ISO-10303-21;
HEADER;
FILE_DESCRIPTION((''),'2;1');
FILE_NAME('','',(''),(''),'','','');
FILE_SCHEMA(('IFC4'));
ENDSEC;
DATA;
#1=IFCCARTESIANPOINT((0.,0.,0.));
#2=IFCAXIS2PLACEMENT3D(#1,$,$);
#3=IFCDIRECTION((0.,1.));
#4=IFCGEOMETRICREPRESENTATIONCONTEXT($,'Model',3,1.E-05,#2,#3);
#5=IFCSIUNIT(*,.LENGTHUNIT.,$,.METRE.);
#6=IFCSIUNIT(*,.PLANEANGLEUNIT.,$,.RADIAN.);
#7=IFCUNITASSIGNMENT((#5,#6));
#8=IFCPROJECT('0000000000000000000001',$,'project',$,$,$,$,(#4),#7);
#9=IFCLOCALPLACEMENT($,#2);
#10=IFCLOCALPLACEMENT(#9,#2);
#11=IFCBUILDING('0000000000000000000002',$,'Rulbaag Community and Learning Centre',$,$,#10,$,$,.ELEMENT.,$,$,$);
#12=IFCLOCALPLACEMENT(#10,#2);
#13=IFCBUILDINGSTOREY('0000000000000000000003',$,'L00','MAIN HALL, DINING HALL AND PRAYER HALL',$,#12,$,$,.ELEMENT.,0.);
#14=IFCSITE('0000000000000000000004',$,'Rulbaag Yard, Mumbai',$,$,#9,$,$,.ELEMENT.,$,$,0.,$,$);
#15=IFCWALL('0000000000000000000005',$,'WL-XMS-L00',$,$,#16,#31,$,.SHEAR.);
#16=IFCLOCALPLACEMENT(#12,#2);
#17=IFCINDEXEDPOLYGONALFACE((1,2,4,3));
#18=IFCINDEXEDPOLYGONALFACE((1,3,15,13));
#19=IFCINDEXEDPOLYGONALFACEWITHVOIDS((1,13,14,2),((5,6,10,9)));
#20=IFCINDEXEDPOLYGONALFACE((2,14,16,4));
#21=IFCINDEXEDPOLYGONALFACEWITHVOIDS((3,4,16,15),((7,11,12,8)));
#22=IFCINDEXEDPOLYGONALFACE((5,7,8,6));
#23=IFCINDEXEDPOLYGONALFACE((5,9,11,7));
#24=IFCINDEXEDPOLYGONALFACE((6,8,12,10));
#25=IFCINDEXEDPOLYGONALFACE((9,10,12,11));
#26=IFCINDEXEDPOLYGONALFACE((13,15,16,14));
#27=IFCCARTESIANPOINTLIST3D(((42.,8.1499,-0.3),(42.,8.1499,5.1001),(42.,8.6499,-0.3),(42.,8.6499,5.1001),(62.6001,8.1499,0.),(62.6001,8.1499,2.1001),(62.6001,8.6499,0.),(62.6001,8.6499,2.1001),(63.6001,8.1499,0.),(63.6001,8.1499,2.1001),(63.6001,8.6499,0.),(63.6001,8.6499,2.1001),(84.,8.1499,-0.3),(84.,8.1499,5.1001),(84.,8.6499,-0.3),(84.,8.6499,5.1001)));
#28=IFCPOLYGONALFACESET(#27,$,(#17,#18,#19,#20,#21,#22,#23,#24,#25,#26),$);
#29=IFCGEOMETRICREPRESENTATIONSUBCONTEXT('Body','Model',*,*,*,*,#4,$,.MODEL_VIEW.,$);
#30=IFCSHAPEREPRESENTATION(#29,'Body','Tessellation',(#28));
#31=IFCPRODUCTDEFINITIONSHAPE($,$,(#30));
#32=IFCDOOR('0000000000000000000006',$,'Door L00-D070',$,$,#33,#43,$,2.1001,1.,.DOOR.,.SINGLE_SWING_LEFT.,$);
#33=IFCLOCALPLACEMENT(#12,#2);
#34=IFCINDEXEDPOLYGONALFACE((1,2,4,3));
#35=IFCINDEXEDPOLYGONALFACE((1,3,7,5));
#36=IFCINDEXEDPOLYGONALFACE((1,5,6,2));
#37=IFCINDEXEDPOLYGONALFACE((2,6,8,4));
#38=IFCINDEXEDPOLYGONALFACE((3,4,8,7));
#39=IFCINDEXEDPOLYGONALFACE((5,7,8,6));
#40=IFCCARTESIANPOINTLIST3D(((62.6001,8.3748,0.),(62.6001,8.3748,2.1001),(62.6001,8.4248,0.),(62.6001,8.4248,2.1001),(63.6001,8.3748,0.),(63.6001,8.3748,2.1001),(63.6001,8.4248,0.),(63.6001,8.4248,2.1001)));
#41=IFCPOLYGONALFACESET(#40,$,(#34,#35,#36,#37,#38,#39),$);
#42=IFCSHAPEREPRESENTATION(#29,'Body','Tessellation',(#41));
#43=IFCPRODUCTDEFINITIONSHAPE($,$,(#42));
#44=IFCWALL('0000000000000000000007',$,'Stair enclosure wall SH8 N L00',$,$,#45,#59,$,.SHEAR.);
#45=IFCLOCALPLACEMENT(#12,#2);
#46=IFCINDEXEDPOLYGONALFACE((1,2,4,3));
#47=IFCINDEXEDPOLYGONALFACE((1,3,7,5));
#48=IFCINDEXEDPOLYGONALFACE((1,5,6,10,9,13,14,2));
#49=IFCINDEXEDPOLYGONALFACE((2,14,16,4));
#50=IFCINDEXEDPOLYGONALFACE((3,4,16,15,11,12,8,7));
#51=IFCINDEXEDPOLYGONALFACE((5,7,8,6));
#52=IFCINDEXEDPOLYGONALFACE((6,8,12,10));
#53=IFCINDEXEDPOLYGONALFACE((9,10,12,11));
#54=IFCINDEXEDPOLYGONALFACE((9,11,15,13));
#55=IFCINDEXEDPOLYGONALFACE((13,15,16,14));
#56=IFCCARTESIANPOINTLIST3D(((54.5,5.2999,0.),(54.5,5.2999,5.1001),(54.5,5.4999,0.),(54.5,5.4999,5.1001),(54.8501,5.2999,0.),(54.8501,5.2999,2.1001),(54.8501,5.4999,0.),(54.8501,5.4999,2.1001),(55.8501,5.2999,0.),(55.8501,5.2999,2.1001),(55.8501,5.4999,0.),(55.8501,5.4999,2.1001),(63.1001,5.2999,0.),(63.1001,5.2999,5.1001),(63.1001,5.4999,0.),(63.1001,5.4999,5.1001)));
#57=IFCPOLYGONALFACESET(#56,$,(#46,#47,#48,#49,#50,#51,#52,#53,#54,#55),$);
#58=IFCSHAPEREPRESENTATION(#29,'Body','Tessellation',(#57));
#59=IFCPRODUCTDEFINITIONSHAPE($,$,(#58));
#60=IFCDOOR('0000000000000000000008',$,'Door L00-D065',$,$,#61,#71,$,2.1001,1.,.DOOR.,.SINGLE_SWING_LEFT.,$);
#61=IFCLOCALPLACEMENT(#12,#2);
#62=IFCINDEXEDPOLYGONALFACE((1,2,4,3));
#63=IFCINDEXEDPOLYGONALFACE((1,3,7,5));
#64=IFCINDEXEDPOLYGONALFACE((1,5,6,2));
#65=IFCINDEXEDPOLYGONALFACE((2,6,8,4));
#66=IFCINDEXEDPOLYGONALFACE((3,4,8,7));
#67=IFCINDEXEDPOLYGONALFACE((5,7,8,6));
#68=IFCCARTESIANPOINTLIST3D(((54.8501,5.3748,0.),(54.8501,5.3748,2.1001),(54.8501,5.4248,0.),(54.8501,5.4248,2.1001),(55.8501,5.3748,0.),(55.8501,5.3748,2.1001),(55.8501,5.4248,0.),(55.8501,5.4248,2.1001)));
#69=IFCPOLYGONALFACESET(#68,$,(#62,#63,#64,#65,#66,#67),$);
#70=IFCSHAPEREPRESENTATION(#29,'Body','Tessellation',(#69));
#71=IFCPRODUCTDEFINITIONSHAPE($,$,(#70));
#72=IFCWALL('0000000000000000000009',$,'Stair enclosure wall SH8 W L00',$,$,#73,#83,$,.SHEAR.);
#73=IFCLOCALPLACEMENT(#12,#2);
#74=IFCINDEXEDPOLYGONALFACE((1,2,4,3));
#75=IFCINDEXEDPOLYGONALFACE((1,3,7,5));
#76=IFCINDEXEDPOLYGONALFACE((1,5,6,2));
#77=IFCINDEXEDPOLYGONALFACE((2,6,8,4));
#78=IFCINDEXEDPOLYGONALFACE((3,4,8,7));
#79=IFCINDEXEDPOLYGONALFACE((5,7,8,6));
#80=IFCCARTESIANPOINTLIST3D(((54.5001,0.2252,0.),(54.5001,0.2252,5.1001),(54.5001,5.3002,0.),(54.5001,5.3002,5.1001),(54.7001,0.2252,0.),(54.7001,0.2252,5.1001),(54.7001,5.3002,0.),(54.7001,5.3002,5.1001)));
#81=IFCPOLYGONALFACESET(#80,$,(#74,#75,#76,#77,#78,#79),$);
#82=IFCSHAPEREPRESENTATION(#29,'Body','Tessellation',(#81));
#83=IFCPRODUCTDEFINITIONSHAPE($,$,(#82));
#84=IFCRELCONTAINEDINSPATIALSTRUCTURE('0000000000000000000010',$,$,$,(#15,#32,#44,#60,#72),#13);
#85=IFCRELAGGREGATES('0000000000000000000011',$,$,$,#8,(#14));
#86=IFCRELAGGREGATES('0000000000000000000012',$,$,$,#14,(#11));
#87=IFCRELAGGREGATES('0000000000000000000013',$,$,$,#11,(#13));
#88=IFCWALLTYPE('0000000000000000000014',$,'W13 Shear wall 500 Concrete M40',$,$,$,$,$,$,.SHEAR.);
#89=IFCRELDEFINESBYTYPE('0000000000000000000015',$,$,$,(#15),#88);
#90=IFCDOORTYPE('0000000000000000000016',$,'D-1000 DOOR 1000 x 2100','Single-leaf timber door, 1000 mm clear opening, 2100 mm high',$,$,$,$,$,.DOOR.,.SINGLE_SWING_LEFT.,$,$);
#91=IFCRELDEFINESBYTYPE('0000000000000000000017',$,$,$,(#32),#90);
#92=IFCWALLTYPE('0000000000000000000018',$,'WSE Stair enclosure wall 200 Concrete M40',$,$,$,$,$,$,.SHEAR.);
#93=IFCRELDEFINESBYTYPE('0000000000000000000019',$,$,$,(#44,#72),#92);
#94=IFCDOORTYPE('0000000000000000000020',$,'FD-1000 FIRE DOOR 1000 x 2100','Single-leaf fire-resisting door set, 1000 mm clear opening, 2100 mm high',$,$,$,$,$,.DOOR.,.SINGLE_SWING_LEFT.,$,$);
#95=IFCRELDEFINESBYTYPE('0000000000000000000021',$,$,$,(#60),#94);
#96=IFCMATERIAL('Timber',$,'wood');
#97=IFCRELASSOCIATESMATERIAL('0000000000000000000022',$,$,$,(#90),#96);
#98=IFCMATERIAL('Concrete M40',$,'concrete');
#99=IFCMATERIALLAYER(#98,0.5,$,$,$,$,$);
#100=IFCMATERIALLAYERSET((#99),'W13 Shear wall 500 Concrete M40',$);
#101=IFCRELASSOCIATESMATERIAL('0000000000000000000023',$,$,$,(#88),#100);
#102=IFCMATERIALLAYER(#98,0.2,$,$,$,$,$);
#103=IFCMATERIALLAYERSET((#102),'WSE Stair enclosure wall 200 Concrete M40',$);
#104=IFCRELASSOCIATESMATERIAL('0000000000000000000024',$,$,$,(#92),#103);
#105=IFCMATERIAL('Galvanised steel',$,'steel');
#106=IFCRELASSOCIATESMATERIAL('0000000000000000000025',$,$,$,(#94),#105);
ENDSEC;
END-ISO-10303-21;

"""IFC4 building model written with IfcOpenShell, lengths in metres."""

from ifc_helpers import new_model, si_unit, direction, frame, frame_2d, origin, place, context, subcontext, project, spatial, rectangle, extrude, material, layer, layer_set, type_object, element, fill, save


model = new_model("IFC4")

# Units and contexts
model_context = context("Model", 3, precision=1e-05, world=origin(), true_north=direction((0.0, 1.0)))
body_context = subcontext(model_context, "Body", "Model", "MODEL_VIEW")
ifc_project = project(units=[si_unit("LENGTHUNIT", "METRE"), si_unit("PLANEANGLEUNIT", "RADIAN")], contexts=[model_context])

# Site, building, storey
site_placement = place(None, origin())
site = spatial("IfcSite", under=ifc_project, at=site_placement, Name="Rulbaag Yard, Mumbai", CompositionType="ELEMENT", RefElevation=0.0)
building_placement = place(site_placement, origin())
building = spatial("IfcBuilding", under=site, at=building_placement, Name="Rulbaag Community and Learning Centre", CompositionType="ELEMENT")
storey_placement = place(building_placement, origin())
storey = spatial("IfcBuildingStorey", under=building, at=storey_placement, Name="L00", Description="MAIN HALL, DINING HALL AND PRAYER HALL", CompositionType="ELEMENT", Elevation=0.0)

# Shared definitions
ifc_material_1 = material(Name="Concrete M40", Category="concrete")

# Walls, openings, doors
ifc_material_2 = material(Name="Timber", Category="wood")
door_type_1 = type_object("IfcDoorType", Name="D-1000 DOOR 1000 x 2100", Description="Single-leaf timber door, 1000 mm clear opening, 2100 mm high", OperationType="SINGLE_SWING_LEFT", PredefinedType="DOOR", material=ifc_material_2)
ifc_layer_1 = layer(ifc_material_1, 0.5)
ifc_layer_set_1 = layer_set([ifc_layer_1], Name="W13 Shear wall 500 Concrete M40")
wall_type_1 = type_object("IfcWallType", Name="W13 Shear wall 500 Concrete M40", PredefinedType="SHEAR", material=ifc_layer_set_1)
wall_1_placement = place(storey_placement, frame((42.0, 8.3999, -0.3), z_axis=(0.0, 0.0, 1.0), x_axis=(1.0, 0.0, 0.0)))
wall_1 = element("IfcWall", 1, at=wall_1_placement, inside=storey, type_object=wall_type_1, Name="WL-XMS-L00", PredefinedType="SHEAR", context=body_context, shape_type="SweptSolid", body=[
    extrude(rectangle(XDim=42.0, YDim=0.5, at=frame_2d((21.0, 0.0))), origin(), (0.0, 0.0, 1.0), 5.4001),
])
opening_1_placement = place(wall_1_placement, frame((20.6001, 0.0, 0.3)))
opening_1 = element("IfcOpeningElement", 2, at=opening_1_placement, cuts=wall_1, PredefinedType="OPENING", context=body_context, shape_type="SweptSolid", body=[
    extrude(rectangle(XDim=1.0, YDim=2.1001, at=frame_2d((0.5, 1.05))), frame((0.0, 0.26, 0.0), z_axis=(0.0, -1.0, 0.0), x_axis=(1.0, 0.0, 0.0)), (0.0, 0.0, 1.0), 0.52),
])
door_1_placement = place(opening_1_placement, origin())
door_1 = element("IfcDoor", 3, at=door_1_placement, inside=storey, type_object=door_type_1, Name="Door L00-D070", OperationType="SINGLE_SWING_LEFT", OverallHeight=2.1001, OverallWidth=1.0, PredefinedType="DOOR", context=body_context, shape_type="SweptSolid", body=[
    extrude(rectangle(XDim=1.0, YDim=2.1001, at=frame_2d((0.5, 1.05))), frame((0.0, 0.0249, 0.0), z_axis=(0.0, -1.0, 0.0), x_axis=(1.0, 0.0, 0.0)), (0.0, 0.0, 1.0), 0.05),
])
fill(opening_1, door_1)
ifc_layer_2 = layer(ifc_material_1, 0.2)
ifc_layer_set_2 = layer_set([ifc_layer_2], Name="WSE Stair enclosure wall 200 Concrete M40")
wall_type_2 = type_object("IfcWallType", Name="WSE Stair enclosure wall 200 Concrete M40", PredefinedType="SHEAR", material=ifc_layer_set_2)
wall_2_placement = place(storey_placement, frame((54.5, 5.3999, 0.0), z_axis=(0.0, 0.0, 1.0), x_axis=(1.0, 0.0, 0.0)))
wall_2 = element("IfcWall", 4, at=wall_2_placement, inside=storey, type_object=wall_type_2, Name="Stair enclosure wall SH8 N L00", PredefinedType="SHEAR", context=body_context, shape_type="SweptSolid", body=[
    extrude(rectangle(XDim=8.6001, YDim=0.2, at=frame_2d((4.3, 0.0))), origin(), (0.0, 0.0, 1.0), 5.1001),
])
opening_2_placement = place(wall_2_placement, frame((0.3501, 0.0, 0.0)))
opening_2 = element("IfcOpeningElement", 5, at=opening_2_placement, cuts=wall_2, PredefinedType="OPENING", context=body_context, shape_type="SweptSolid", body=[
    extrude(rectangle(XDim=1.0, YDim=2.1001, at=frame_2d((0.5, 1.05))), frame((0.0, 0.1099, 0.0), z_axis=(0.0, -1.0, 0.0), x_axis=(1.0, 0.0, 0.0)), (0.0, 0.0, 1.0), 0.22),
])
ifc_material_3 = material(Name="Galvanised steel", Category="steel")
door_type_2 = type_object("IfcDoorType", Name="FD-1000 FIRE DOOR 1000 x 2100", Description="Single-leaf fire-resisting door set, 1000 mm clear opening, 2100 mm high", OperationType="SINGLE_SWING_LEFT", PredefinedType="DOOR", material=ifc_material_3)
door_2_placement = place(opening_2_placement, origin())
door_2 = element("IfcDoor", 6, at=door_2_placement, inside=storey, type_object=door_type_2, Name="Door L00-D065", OperationType="SINGLE_SWING_LEFT", OverallHeight=2.1001, OverallWidth=1.0, PredefinedType="DOOR", context=body_context, shape_type="SweptSolid", body=[
    extrude(rectangle(XDim=1.0, YDim=2.1001, at=frame_2d((0.5, 1.05))), frame((0.0, 0.0249, 0.0), z_axis=(0.0, -1.0, 0.0), x_axis=(1.0, 0.0, 0.0)), (0.0, 0.0, 1.0), 0.05),
])
fill(opening_2, door_2)

# Wall
wall_3_placement = place(storey_placement, frame((54.6001, 0.2251, 0.0), z_axis=(0.0, 0.0, 1.0), x_axis=(0.0, 1.0, 0.0)))
element("IfcWall", 7, at=wall_3_placement, inside=storey, type_object=wall_type_2, Name="Stair enclosure wall SH8 W L00", PredefinedType="SHEAR", context=body_context, shape_type="SweptSolid", body=[
    extrude(rectangle(XDim=5.075, YDim=0.2, at=frame_2d((2.5376, 0.0))), origin(), (0.0, 0.0, 1.0), 5.1001),
])

save(model, "model.ifc")
